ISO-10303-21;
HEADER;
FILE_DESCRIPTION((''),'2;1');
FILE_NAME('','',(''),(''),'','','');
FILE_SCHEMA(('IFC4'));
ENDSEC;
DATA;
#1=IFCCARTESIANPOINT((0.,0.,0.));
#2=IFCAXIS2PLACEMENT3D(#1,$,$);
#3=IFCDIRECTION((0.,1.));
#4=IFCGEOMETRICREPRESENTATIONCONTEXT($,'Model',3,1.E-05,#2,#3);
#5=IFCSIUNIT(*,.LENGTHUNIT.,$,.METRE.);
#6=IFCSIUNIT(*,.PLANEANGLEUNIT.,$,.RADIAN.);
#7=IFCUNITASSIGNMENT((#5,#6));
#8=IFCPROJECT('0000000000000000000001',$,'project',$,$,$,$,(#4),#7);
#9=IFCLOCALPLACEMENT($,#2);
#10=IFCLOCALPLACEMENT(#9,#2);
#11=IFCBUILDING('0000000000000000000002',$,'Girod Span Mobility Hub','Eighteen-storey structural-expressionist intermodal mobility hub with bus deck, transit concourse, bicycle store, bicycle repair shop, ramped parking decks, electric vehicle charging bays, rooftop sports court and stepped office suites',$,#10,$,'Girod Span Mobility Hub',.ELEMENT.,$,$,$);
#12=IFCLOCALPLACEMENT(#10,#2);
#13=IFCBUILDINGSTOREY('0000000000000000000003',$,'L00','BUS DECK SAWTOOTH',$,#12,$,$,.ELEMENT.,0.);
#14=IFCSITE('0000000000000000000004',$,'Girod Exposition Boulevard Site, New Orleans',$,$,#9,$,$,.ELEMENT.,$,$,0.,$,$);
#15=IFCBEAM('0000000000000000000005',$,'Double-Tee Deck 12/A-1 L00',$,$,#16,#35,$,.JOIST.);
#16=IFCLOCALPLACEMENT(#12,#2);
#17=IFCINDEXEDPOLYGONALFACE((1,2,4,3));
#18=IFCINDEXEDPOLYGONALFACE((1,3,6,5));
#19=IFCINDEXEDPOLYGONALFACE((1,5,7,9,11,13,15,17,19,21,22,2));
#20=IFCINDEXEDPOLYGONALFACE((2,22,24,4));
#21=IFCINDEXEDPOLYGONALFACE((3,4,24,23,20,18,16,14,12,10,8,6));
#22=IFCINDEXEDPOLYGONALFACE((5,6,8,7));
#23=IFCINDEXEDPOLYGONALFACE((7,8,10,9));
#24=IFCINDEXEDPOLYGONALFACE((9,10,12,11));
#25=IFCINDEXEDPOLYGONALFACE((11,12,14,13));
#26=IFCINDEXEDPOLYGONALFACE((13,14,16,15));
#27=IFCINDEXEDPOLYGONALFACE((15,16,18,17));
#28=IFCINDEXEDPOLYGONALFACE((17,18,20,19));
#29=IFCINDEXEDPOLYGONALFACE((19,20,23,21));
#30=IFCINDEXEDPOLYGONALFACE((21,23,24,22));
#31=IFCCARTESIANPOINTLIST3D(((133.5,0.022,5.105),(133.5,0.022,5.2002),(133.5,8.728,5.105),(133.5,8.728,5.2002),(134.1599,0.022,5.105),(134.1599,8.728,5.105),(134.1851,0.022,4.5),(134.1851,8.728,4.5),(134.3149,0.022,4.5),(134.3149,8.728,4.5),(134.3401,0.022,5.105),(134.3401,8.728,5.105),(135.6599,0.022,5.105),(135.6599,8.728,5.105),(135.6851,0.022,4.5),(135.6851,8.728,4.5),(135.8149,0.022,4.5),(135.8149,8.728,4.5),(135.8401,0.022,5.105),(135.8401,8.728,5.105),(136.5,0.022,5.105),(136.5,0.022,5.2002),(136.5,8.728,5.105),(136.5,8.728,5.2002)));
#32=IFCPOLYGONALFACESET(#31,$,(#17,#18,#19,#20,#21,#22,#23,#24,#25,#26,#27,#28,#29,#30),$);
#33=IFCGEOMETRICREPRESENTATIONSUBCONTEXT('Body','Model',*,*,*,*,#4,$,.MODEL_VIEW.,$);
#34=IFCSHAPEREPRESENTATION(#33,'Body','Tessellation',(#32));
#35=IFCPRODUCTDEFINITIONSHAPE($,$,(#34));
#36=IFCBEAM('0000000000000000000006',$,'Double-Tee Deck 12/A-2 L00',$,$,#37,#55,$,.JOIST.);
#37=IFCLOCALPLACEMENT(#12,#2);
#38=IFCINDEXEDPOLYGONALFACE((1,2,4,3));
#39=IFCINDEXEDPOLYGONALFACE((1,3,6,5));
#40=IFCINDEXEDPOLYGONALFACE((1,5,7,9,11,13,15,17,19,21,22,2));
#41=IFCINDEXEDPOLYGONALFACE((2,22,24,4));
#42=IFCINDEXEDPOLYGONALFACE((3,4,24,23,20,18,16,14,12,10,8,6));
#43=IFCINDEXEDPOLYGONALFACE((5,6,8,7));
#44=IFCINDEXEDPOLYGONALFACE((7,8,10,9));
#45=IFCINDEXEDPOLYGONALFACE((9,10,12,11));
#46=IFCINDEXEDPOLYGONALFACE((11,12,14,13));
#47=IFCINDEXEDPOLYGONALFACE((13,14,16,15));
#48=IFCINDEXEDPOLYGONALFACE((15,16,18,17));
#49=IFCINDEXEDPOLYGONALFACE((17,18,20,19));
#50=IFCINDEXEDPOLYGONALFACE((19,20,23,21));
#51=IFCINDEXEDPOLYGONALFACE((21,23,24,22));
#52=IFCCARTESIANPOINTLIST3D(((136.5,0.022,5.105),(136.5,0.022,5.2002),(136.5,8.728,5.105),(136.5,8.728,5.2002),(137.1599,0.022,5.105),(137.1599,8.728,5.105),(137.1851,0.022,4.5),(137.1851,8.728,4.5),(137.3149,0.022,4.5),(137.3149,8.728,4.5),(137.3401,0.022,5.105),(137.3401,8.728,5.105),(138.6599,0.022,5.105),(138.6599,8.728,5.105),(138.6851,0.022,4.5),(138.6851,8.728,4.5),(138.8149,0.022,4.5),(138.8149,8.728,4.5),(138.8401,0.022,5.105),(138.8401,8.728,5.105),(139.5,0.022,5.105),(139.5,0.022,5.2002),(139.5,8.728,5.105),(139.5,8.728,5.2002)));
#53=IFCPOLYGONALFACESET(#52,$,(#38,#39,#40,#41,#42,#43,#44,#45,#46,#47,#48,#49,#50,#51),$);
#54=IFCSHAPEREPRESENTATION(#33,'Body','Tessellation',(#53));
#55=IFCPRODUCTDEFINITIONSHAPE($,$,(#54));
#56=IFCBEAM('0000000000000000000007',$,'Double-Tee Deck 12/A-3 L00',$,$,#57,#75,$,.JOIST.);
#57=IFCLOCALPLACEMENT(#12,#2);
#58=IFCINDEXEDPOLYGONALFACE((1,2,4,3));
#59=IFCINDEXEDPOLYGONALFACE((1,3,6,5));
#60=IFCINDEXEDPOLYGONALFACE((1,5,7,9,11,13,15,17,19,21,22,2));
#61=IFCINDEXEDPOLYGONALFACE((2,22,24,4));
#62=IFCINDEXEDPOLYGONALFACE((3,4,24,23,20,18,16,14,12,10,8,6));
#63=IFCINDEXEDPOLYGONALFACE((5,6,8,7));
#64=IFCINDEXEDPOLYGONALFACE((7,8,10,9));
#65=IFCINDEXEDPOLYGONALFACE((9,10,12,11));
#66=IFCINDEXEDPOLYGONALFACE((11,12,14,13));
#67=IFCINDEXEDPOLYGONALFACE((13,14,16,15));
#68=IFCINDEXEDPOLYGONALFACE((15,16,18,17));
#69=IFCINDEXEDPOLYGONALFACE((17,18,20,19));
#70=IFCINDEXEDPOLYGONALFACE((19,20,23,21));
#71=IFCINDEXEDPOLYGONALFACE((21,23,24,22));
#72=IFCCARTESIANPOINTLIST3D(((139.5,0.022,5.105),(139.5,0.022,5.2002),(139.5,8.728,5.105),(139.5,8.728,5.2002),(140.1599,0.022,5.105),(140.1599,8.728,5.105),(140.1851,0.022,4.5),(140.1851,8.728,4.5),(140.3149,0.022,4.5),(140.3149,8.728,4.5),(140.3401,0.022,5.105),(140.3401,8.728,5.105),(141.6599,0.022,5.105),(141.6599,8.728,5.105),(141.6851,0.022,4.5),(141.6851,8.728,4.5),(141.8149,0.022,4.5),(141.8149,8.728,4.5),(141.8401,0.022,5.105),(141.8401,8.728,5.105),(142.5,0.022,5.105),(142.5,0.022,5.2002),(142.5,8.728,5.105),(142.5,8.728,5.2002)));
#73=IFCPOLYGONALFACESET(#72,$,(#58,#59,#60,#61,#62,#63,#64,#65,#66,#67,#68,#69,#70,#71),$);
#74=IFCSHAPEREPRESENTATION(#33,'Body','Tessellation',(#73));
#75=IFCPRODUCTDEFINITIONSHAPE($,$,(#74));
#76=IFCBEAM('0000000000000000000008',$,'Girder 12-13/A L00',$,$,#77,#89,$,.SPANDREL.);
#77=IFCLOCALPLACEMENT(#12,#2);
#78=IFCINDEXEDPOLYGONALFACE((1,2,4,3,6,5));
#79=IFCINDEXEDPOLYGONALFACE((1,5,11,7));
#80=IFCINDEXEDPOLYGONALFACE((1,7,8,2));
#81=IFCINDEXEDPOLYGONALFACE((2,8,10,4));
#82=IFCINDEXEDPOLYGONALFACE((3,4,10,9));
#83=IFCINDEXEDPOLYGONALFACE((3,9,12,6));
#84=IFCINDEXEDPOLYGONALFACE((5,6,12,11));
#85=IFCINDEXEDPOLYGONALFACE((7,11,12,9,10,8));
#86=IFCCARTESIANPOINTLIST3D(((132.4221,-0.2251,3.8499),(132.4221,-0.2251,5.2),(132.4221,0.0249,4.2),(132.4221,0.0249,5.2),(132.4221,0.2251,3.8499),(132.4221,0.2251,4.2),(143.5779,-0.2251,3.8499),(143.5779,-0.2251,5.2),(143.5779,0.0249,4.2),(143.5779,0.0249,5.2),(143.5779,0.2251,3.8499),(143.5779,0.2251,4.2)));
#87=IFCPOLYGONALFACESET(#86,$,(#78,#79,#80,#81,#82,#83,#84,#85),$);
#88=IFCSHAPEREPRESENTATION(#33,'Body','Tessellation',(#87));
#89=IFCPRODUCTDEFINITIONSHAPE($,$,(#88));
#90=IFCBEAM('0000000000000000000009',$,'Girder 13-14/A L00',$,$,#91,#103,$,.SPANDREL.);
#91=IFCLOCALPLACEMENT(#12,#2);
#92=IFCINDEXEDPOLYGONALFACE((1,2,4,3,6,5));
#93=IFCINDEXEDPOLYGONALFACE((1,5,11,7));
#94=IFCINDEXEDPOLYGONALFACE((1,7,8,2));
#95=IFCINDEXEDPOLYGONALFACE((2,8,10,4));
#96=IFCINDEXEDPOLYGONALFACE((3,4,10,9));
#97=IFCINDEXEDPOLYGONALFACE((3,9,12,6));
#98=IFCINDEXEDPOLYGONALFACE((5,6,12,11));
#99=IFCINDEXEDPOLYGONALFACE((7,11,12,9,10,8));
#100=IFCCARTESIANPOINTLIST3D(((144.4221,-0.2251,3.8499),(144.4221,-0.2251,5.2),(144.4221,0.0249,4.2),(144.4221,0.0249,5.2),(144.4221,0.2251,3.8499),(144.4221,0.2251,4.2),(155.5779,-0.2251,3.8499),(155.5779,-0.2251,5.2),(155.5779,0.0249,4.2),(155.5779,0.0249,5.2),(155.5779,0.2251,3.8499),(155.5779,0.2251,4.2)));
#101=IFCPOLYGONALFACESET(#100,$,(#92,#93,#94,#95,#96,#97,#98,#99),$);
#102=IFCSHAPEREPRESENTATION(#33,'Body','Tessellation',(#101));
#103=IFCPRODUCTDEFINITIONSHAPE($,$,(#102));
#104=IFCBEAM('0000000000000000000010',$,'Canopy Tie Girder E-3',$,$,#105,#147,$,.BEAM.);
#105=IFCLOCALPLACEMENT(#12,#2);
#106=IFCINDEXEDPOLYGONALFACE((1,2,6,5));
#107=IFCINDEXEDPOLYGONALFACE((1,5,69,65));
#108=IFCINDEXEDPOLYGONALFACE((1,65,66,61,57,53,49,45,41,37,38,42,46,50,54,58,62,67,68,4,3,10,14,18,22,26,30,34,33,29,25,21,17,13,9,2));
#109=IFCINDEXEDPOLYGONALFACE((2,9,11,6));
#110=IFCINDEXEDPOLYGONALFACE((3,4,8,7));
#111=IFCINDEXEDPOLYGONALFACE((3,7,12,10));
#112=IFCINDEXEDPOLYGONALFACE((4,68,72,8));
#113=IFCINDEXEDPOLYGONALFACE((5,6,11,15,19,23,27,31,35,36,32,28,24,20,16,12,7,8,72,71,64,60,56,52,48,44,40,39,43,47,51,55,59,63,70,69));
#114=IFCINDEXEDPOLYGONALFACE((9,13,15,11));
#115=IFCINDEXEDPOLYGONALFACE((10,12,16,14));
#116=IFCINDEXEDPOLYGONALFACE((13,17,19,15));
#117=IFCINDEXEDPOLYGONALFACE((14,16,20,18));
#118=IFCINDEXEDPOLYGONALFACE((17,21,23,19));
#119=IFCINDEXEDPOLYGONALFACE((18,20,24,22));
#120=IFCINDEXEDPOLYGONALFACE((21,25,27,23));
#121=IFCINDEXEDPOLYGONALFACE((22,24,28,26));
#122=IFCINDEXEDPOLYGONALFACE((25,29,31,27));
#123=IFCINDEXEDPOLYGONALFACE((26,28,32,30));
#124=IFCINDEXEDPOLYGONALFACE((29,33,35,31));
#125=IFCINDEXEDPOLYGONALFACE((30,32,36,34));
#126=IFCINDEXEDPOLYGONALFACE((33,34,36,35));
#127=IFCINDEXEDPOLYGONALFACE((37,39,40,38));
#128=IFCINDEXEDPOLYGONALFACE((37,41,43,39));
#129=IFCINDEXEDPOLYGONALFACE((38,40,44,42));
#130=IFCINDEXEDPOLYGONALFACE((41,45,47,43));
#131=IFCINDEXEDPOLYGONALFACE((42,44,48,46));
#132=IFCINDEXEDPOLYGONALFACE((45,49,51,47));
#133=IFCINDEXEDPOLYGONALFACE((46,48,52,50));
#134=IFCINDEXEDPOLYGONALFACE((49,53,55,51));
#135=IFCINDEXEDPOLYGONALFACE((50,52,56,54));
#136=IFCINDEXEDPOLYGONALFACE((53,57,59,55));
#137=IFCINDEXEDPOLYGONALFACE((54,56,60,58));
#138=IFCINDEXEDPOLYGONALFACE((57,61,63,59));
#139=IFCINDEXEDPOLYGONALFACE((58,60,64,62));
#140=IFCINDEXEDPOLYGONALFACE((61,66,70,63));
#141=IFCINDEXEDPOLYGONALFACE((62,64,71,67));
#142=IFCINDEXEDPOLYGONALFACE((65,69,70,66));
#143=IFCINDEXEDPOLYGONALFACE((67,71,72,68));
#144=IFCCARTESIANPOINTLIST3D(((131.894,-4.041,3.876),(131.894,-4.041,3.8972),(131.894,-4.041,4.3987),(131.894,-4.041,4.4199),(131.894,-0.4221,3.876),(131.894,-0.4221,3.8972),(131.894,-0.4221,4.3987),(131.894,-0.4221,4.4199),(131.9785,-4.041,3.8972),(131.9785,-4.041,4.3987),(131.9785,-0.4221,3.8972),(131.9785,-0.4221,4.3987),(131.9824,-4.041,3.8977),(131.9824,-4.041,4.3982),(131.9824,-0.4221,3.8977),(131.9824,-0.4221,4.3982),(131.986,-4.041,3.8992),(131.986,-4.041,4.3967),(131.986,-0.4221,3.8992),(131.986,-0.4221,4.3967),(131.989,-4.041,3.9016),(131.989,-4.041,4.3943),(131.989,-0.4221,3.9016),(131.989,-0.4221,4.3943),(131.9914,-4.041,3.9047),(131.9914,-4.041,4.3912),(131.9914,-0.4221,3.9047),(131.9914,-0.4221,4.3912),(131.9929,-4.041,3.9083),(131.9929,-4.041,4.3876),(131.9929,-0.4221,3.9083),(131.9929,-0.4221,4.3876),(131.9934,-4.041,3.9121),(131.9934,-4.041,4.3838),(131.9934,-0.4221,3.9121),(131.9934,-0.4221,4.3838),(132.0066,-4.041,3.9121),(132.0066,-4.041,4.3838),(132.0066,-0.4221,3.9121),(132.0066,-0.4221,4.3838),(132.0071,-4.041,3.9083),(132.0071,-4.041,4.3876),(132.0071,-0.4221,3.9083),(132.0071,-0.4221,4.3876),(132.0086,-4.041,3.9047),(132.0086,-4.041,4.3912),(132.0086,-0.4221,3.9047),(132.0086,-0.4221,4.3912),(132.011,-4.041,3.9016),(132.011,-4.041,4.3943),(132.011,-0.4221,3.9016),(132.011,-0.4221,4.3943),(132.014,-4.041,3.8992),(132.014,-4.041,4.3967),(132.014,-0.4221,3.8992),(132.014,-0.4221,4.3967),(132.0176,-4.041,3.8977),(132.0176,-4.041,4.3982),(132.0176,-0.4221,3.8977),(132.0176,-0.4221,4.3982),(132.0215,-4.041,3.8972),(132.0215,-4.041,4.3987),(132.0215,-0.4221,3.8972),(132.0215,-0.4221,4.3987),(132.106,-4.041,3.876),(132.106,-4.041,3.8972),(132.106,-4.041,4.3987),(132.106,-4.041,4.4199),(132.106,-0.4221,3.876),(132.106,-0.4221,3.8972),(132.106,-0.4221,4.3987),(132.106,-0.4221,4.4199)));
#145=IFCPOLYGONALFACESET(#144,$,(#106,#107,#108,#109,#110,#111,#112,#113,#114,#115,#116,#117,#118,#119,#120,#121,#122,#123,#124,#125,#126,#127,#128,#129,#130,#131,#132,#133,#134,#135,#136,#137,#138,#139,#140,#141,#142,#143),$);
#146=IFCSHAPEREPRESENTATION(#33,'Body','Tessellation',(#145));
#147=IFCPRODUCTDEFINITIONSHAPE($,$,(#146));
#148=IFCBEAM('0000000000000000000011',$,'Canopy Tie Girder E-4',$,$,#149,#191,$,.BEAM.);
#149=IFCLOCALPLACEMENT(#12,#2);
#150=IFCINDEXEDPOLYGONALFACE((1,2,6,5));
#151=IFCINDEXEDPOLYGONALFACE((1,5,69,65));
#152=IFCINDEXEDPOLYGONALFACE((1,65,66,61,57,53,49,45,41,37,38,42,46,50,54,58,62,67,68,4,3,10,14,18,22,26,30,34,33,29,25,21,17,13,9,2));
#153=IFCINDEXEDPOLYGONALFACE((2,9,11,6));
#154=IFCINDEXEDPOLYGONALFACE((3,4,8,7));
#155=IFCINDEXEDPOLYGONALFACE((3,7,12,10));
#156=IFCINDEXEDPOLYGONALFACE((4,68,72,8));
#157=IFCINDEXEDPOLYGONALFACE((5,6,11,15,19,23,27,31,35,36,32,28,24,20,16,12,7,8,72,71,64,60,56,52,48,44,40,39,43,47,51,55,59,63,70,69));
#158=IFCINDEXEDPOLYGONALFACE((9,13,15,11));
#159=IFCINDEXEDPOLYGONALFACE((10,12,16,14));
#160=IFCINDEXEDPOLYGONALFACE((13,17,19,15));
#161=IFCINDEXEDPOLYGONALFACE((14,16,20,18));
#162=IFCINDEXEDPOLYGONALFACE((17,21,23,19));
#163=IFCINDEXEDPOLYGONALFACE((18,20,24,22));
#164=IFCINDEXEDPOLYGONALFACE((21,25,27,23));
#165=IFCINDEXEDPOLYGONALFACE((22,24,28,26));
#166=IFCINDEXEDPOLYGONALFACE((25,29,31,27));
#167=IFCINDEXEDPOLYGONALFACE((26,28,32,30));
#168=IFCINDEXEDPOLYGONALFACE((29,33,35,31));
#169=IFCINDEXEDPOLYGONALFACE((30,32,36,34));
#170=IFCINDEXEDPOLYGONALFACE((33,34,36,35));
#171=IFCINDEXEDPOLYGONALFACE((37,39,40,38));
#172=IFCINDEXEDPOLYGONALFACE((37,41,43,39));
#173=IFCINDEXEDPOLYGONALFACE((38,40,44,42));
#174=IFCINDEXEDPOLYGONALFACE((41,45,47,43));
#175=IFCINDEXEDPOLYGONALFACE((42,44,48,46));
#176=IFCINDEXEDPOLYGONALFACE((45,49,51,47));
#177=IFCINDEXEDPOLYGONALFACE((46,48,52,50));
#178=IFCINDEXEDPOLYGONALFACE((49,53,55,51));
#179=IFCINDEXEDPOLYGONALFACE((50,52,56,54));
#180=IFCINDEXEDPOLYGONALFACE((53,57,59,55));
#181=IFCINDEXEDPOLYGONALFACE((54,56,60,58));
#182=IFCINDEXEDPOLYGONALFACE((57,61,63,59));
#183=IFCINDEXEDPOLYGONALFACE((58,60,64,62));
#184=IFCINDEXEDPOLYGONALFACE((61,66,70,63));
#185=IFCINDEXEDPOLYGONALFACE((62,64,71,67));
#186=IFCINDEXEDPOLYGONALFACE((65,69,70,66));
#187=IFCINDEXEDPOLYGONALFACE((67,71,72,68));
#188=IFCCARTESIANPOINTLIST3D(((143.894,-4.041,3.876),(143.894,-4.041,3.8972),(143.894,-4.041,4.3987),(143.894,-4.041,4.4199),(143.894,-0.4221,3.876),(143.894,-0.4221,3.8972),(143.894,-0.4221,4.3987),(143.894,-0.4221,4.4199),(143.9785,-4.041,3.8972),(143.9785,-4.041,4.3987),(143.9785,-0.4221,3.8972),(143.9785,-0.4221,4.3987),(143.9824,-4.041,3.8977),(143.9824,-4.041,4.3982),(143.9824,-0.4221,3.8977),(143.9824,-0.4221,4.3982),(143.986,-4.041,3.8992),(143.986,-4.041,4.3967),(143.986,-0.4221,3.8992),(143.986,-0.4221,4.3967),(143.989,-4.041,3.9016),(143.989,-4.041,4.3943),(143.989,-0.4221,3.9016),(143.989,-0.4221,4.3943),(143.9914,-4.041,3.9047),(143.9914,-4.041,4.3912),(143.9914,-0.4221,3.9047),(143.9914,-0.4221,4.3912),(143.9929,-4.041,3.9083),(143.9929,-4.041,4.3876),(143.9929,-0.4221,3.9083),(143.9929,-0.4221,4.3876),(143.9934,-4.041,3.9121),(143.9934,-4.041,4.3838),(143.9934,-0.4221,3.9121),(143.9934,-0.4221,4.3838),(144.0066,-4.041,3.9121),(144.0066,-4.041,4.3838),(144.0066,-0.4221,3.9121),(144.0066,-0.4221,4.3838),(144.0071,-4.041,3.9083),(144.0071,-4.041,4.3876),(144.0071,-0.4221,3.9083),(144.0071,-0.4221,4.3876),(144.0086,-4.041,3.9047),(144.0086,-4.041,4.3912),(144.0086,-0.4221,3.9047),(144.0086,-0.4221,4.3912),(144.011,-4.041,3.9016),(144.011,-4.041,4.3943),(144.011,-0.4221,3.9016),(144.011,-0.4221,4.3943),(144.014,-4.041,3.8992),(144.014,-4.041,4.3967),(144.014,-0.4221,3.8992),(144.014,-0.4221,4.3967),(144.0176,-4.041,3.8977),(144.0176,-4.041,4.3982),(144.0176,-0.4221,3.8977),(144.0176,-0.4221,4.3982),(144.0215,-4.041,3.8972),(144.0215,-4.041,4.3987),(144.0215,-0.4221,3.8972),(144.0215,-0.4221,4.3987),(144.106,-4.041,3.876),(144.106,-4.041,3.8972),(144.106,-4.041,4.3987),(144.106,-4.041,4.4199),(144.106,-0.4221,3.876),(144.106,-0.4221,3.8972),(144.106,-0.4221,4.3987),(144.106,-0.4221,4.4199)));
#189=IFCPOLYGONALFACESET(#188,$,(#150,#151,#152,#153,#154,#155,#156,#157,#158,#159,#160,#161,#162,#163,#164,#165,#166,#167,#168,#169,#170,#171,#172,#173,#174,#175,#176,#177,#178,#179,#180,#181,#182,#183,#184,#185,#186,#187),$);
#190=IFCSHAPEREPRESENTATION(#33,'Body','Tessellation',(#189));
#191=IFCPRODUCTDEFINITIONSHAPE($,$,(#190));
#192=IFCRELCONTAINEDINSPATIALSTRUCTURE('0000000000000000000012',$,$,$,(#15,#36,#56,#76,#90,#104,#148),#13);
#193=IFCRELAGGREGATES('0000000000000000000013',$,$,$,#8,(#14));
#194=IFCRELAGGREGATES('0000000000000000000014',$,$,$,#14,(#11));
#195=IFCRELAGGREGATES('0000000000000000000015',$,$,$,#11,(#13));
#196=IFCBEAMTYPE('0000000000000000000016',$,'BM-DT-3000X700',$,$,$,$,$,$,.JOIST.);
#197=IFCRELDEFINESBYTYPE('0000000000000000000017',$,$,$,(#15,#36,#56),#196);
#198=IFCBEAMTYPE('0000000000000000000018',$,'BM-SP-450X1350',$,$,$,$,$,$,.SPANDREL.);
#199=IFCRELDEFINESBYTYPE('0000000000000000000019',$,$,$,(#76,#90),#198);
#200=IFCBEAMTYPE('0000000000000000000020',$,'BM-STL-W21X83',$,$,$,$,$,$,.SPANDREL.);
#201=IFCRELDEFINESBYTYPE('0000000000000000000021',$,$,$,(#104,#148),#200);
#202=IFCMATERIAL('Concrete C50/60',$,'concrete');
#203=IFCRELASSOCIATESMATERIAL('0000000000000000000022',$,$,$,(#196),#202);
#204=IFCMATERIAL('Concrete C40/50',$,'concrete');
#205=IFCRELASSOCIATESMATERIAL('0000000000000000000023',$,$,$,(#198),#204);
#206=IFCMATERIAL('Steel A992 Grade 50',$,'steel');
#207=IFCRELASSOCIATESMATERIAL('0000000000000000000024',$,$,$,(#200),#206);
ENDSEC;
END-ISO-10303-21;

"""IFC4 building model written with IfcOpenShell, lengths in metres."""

from ifc_helpers import new_model, si_unit, direction, frame, origin, origin_2d, place, context, subcontext, project, spatial, polyline, i_section, outline, extrude, material, material_profile, profile_set, type_object, element, save


model = new_model("IFC4")

# Units and contexts
model_context = context("Model", 3, precision=1e-05, world=origin(), true_north=direction((0.0, 1.0)))
body_context = subcontext(model_context, "Body", "Model", "MODEL_VIEW")
ifc_project = project(units=[si_unit("LENGTHUNIT", "METRE"), si_unit("PLANEANGLEUNIT", "RADIAN")], contexts=[model_context])

# Site, building, storey
site_placement = place(None, origin())
site = spatial("IfcSite", under=ifc_project, at=site_placement, Name="Girod Exposition Boulevard Site, New Orleans", CompositionType="ELEMENT", RefElevation=0.0)
building_placement = place(site_placement, origin())
building = spatial("IfcBuilding", under=site, at=building_placement, Name="Girod Span Mobility Hub", Description="Eighteen-storey structural-expressionist intermodal mobility hub with bus deck, transit concourse, bicycle store, bicycle repair shop, ramped parking decks, electric vehicle charging bays, rooftop sports court and stepped office suites", LongName="Girod Span Mobility Hub", CompositionType="ELEMENT")
storey_placement = place(building_placement, origin())
storey = spatial("IfcBuildingStorey", under=building, at=storey_placement, Name="L00", Description="BUS DECK SAWTOOTH", CompositionType="ELEMENT", Elevation=0.0)

# Beams
ifc_material_1 = material(Name="Concrete C50/60", Category="concrete")
ifc_material_profile_1 = material_profile(ifc_material_1, outline(polyline([(-1.5, 0.3501), (-1.5, 0.2549), (-0.8401, 0.2549), (-0.8149, -0.3501), (-0.6851, -0.3501), (-0.6599, 0.2549), (0.6599, 0.2549), (0.6851, -0.3501), (0.8149, -0.3501), (0.8401, 0.2549), (1.5, 0.2549), (1.5, 0.3501), (-1.5, 0.3501)])), Name="DT-3000X700")
ifc_profile_set_1 = profile_set([ifc_material_profile_1], Name="Concrete C50/60")
beam_type_1 = type_object("IfcBeamType", Name="BM-DT-3000X700", PredefinedType="JOIST", material=ifc_profile_set_1)
for number, where, z_axis, x_axis, name in (
    (1, (135.0, 0.022, 4.8501), (0.0, 1.0, 0.0), (-1.0, 0.0, 0.0), "Double-Tee Deck 12/A-1 L00"),
    (2, (138.0, 0.022, 4.8501), (0.0, 1.0, 0.0), (-1.0, 0.0, 0.0), "Double-Tee Deck 12/A-2 L00"),
    (3, (141.0, 0.022, 4.8501), (0.0, 1.0, 0.0), (-1.0, 0.0, 0.0), "Double-Tee Deck 12/A-3 L00"),
):
    element("IfcBeam", number, at=place(storey_placement, frame(where, z_axis=z_axis, x_axis=x_axis)), inside=storey, type_object=beam_type_1, Name=name, PredefinedType="JOIST", context=body_context, shape_type="SweptSolid", body=[
        extrude(outline(polyline([(-1.5, 0.3501), (-1.5, 0.2549), (-0.8401, 0.2549), (-0.8149, -0.3501), (-0.6851, -0.3501), (-0.6599, 0.2549), (0.6599, 0.2549), (0.6851, -0.3501), (0.8149, -0.3501), (0.8401, 0.2549), (1.5, 0.2549), (1.5, 0.3501), (-1.5, 0.3501)])), origin(), (0.0, 0.0, 1.0), 8.7061),
    ])
ifc_material_2 = material(Name="Concrete C40/50", Category="concrete")
ifc_material_profile_2 = material_profile(ifc_material_2, outline(polyline([(-0.2251, -0.675), (0.2251, -0.675), (0.2251, -0.325), (0.0249, -0.325), (0.0249, 0.675), (-0.2251, 0.675), (-0.2251, -0.675)])), Name="SP-450X1350")
ifc_profile_set_2 = profile_set([ifc_material_profile_2], Name="Concrete C40/50")
beam_type_2 = type_object("IfcBeamType", Name="BM-SP-450X1350", PredefinedType="SPANDREL", material=ifc_profile_set_2)
for number, where, z_axis, x_axis, name in (
    (4, (132.4221, 0.0, 4.5249), (1.0, 0.0, 0.0), (0.0, 1.0, 0.0), "Girder 12-13/A L00"),
    (5, (144.4221, 0.0, 4.5249), (1.0, 0.0, 0.0), (0.0, 1.0, 0.0), "Girder 13-14/A L00"),
):
    element("IfcBeam", number, at=place(storey_placement, frame(where, z_axis=z_axis, x_axis=x_axis)), inside=storey, type_object=beam_type_2, Name=name, PredefinedType="SPANDREL", context=body_context, shape_type="SweptSolid", body=[
        extrude(outline(polyline([(-0.2251, -0.675), (0.2251, -0.675), (0.2251, -0.325), (0.0249, -0.325), (0.0249, 0.675), (-0.2251, 0.675), (-0.2251, -0.675)])), origin(), (0.0, 0.0, 1.0), 11.1558),
    ])
ifc_material_3 = material(Name="Steel A992 Grade 50", Category="steel")
ifc_material_profile_3 = material_profile(ifc_material_3, i_section(OverallWidth=0.2119, OverallDepth=0.5439, WebThickness=0.0132, FlangeThickness=0.0212, FilletRadius=0.0149, at=origin_2d()), Name="W21X83")
ifc_profile_set_3 = profile_set([ifc_material_profile_3], Name="Steel A992 Grade 50")
beam_type_3 = type_object("IfcBeamType", Name="BM-STL-W21X83", PredefinedType="SPANDREL", material=ifc_profile_set_3)
for number, where, z_axis, x_axis, name in (
    (6, (132.0, -4.041, 4.1479), (0.0, 1.0, 0.0), (-1.0, 0.0, 0.0), "Canopy Tie Girder E-3"),
    (7, (144.0, -4.041, 4.1479), (0.0, 1.0, 0.0), (-1.0, 0.0, 0.0), "Canopy Tie Girder E-4"),
):
    element("IfcBeam", number, at=place(storey_placement, frame(where, z_axis=z_axis, x_axis=x_axis)), inside=storey, type_object=beam_type_3, Name=name, PredefinedType="BEAM", context=body_context, shape_type="SweptSolid", body=[
        extrude(i_section(OverallWidth=0.2119, OverallDepth=0.5439, WebThickness=0.0132, FlangeThickness=0.0212, FilletRadius=0.0149, at=origin_2d()), origin(), (0.0, 0.0, 1.0), 3.6189),
    ])

save(model, "model.ifc")
